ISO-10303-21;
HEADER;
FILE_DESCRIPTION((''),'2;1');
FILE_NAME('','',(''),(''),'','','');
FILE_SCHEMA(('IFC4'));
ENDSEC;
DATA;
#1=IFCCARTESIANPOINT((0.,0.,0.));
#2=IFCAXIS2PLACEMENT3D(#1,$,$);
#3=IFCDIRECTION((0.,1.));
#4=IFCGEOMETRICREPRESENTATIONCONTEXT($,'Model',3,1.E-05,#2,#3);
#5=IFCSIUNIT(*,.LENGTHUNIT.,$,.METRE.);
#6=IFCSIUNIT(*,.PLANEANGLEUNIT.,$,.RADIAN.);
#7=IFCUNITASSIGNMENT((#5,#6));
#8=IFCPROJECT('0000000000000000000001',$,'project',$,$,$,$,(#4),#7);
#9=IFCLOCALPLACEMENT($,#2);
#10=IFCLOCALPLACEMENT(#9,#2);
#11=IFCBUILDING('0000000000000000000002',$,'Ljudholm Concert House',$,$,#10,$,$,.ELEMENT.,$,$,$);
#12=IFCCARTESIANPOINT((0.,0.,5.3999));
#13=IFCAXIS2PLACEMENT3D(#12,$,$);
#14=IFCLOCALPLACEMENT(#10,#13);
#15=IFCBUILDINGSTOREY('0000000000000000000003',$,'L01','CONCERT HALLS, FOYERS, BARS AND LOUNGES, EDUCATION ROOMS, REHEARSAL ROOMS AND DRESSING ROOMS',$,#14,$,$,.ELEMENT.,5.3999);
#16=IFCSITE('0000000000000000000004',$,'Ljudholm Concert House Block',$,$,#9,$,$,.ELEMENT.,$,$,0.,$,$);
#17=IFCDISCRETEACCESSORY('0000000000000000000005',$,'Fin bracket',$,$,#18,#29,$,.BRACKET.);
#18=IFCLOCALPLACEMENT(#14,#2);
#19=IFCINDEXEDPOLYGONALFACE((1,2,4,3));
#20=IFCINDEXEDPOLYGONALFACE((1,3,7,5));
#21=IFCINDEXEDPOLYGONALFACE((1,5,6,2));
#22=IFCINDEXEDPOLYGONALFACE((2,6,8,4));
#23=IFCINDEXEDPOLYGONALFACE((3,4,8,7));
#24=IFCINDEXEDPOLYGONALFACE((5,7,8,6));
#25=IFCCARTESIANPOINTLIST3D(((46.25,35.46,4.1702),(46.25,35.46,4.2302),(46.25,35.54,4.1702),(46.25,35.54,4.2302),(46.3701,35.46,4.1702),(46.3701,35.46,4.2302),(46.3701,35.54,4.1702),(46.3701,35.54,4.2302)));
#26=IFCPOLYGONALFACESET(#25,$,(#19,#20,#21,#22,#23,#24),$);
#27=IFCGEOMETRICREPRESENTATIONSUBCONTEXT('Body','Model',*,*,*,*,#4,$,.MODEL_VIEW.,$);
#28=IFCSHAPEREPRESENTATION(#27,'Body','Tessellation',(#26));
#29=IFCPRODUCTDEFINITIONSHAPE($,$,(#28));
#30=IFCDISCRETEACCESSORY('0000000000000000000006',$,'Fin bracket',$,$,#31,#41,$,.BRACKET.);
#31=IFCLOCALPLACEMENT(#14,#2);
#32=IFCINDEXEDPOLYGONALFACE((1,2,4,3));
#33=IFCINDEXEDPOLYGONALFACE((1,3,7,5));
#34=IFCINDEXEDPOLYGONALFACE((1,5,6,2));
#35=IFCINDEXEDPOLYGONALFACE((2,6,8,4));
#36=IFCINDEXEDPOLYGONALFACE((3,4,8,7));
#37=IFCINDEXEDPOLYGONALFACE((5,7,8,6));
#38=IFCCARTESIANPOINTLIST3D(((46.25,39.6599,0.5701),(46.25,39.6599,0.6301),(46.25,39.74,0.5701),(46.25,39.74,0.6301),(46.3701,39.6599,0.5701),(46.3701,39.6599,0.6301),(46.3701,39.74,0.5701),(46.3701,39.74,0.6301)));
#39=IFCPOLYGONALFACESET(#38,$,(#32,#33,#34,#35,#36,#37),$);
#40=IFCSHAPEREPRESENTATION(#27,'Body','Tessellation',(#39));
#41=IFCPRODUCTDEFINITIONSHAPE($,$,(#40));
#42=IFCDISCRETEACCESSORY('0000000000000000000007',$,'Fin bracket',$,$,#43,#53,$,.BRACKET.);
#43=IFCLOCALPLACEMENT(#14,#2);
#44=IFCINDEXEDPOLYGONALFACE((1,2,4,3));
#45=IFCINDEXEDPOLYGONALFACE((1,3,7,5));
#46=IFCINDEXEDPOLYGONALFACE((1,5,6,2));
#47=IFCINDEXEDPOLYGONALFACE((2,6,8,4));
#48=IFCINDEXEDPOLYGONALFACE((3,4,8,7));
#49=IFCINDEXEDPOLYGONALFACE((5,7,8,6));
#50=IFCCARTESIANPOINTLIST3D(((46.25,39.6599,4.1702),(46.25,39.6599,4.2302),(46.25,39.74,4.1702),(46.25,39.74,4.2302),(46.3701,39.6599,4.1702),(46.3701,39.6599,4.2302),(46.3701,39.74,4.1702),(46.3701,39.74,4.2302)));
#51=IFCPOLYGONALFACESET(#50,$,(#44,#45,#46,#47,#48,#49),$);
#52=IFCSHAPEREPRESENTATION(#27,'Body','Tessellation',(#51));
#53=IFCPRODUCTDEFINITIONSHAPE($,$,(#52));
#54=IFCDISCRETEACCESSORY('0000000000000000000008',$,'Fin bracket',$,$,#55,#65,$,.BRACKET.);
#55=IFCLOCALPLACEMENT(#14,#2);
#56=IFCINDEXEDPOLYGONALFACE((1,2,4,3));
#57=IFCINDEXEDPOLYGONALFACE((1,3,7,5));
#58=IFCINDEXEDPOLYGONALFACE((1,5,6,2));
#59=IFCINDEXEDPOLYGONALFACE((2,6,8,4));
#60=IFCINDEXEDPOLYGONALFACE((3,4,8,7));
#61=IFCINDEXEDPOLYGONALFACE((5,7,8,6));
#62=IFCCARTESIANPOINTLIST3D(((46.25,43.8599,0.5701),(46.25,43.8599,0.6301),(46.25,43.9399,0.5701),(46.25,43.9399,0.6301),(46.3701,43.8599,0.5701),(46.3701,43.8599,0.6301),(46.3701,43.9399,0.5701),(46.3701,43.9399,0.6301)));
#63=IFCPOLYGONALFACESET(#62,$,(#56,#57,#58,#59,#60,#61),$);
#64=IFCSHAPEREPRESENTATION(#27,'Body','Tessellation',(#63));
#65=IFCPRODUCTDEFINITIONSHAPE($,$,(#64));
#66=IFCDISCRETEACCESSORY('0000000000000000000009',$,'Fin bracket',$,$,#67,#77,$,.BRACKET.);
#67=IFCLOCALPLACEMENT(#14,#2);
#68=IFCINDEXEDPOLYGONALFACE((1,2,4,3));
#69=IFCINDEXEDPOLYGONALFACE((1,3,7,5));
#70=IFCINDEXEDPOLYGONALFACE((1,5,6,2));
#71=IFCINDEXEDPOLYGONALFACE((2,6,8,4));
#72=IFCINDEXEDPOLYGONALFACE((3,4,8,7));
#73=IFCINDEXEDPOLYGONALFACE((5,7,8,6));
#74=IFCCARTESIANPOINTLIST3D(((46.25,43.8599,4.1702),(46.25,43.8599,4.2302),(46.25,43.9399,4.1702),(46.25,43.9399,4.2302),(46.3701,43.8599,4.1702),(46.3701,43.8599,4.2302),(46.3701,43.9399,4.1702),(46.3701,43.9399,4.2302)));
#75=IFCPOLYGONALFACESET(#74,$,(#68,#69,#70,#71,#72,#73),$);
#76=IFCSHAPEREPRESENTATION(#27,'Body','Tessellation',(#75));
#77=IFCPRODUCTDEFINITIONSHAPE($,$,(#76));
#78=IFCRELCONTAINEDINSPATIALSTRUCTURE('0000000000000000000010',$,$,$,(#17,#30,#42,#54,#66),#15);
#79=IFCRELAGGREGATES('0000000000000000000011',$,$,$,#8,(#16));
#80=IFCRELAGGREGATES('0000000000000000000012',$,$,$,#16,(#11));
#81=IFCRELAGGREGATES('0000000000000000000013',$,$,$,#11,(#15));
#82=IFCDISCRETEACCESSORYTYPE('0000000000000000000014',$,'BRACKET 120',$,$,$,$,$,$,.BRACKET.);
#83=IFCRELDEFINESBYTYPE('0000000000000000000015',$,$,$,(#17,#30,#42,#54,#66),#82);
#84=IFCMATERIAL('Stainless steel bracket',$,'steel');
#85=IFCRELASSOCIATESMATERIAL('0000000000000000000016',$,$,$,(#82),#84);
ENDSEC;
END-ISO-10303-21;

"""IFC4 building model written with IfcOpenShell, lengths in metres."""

from ifc_helpers import new_model, si_unit, direction, frame, origin, origin_2d, place, context, subcontext, project, spatial, rectangle, extrude, material, type_object, element, save


model = new_model("IFC4")

# Units and contexts
model_context = context("Model", 3, precision=1e-05, world=origin(), true_north=direction((0.0, 1.0)))
body_context = subcontext(model_context, "Body", "Model", "MODEL_VIEW")
ifc_project = project(units=[si_unit("LENGTHUNIT", "METRE"), si_unit("PLANEANGLEUNIT", "RADIAN")], contexts=[model_context])

# Site, building, storey
site_placement = place(None, origin())
site = spatial("IfcSite", under=ifc_project, at=site_placement, Name="Ljudholm Concert House Block", CompositionType="ELEMENT", RefElevation=0.0)
building_placement = place(site_placement, origin())
building = spatial("IfcBuilding", under=site, at=building_placement, Name="Ljudholm Concert House", CompositionType="ELEMENT")
storey_placement = place(building_placement, frame((0.0, 0.0, 5.3999)))
storey = spatial("IfcBuildingStorey", under=building, at=storey_placement, Name="L01", Description="CONCERT HALLS, FOYERS, BARS AND LOUNGES, EDUCATION ROOMS, REHEARSAL ROOMS AND DRESSING ROOMS", CompositionType="ELEMENT", Elevation=5.3999)

# Discrete accessories
ifc_material_1 = material(Name="Stainless steel bracket", Category="steel")
discrete_accessory_type = type_object("IfcDiscreteAccessoryType", Name="BRACKET 120", PredefinedType="BRACKET", material=ifc_material_1)
for number, where, z_axis, x_axis, name in (
    (1, (46.3101, 35.5, 4.1702), (0.0, 0.0, 1.0), (1.0, 0.0, 0.0), "Fin bracket"),
    (2, (46.3101, 39.7, 0.5701), (0.0, 0.0, 1.0), (1.0, 0.0, 0.0), "Fin bracket"),
    (3, (46.3101, 39.7, 4.1702), (0.0, 0.0, 1.0), (1.0, 0.0, 0.0), "Fin bracket"),
    (4, (46.3101, 43.8999, 0.5701), (0.0, 0.0, 1.0), (1.0, 0.0, 0.0), "Fin bracket"),
    (5, (46.3101, 43.8999, 4.1702), (0.0, 0.0, 1.0), (1.0, 0.0, 0.0), "Fin bracket"),
):
    element("IfcDiscreteAccessory", number, at=place(storey_placement, frame(where, z_axis=z_axis, x_axis=x_axis)), inside=storey, type_object=discrete_accessory_type, Name=name, PredefinedType="BRACKET", context=body_context, shape_type="SweptSolid", body=[
        extrude(rectangle(XDim=0.1201, YDim=0.0801, at=origin_2d()), origin(), (0.0, 0.0, 1.0), 0.0601),
    ])

save(model, "model.ifc")
